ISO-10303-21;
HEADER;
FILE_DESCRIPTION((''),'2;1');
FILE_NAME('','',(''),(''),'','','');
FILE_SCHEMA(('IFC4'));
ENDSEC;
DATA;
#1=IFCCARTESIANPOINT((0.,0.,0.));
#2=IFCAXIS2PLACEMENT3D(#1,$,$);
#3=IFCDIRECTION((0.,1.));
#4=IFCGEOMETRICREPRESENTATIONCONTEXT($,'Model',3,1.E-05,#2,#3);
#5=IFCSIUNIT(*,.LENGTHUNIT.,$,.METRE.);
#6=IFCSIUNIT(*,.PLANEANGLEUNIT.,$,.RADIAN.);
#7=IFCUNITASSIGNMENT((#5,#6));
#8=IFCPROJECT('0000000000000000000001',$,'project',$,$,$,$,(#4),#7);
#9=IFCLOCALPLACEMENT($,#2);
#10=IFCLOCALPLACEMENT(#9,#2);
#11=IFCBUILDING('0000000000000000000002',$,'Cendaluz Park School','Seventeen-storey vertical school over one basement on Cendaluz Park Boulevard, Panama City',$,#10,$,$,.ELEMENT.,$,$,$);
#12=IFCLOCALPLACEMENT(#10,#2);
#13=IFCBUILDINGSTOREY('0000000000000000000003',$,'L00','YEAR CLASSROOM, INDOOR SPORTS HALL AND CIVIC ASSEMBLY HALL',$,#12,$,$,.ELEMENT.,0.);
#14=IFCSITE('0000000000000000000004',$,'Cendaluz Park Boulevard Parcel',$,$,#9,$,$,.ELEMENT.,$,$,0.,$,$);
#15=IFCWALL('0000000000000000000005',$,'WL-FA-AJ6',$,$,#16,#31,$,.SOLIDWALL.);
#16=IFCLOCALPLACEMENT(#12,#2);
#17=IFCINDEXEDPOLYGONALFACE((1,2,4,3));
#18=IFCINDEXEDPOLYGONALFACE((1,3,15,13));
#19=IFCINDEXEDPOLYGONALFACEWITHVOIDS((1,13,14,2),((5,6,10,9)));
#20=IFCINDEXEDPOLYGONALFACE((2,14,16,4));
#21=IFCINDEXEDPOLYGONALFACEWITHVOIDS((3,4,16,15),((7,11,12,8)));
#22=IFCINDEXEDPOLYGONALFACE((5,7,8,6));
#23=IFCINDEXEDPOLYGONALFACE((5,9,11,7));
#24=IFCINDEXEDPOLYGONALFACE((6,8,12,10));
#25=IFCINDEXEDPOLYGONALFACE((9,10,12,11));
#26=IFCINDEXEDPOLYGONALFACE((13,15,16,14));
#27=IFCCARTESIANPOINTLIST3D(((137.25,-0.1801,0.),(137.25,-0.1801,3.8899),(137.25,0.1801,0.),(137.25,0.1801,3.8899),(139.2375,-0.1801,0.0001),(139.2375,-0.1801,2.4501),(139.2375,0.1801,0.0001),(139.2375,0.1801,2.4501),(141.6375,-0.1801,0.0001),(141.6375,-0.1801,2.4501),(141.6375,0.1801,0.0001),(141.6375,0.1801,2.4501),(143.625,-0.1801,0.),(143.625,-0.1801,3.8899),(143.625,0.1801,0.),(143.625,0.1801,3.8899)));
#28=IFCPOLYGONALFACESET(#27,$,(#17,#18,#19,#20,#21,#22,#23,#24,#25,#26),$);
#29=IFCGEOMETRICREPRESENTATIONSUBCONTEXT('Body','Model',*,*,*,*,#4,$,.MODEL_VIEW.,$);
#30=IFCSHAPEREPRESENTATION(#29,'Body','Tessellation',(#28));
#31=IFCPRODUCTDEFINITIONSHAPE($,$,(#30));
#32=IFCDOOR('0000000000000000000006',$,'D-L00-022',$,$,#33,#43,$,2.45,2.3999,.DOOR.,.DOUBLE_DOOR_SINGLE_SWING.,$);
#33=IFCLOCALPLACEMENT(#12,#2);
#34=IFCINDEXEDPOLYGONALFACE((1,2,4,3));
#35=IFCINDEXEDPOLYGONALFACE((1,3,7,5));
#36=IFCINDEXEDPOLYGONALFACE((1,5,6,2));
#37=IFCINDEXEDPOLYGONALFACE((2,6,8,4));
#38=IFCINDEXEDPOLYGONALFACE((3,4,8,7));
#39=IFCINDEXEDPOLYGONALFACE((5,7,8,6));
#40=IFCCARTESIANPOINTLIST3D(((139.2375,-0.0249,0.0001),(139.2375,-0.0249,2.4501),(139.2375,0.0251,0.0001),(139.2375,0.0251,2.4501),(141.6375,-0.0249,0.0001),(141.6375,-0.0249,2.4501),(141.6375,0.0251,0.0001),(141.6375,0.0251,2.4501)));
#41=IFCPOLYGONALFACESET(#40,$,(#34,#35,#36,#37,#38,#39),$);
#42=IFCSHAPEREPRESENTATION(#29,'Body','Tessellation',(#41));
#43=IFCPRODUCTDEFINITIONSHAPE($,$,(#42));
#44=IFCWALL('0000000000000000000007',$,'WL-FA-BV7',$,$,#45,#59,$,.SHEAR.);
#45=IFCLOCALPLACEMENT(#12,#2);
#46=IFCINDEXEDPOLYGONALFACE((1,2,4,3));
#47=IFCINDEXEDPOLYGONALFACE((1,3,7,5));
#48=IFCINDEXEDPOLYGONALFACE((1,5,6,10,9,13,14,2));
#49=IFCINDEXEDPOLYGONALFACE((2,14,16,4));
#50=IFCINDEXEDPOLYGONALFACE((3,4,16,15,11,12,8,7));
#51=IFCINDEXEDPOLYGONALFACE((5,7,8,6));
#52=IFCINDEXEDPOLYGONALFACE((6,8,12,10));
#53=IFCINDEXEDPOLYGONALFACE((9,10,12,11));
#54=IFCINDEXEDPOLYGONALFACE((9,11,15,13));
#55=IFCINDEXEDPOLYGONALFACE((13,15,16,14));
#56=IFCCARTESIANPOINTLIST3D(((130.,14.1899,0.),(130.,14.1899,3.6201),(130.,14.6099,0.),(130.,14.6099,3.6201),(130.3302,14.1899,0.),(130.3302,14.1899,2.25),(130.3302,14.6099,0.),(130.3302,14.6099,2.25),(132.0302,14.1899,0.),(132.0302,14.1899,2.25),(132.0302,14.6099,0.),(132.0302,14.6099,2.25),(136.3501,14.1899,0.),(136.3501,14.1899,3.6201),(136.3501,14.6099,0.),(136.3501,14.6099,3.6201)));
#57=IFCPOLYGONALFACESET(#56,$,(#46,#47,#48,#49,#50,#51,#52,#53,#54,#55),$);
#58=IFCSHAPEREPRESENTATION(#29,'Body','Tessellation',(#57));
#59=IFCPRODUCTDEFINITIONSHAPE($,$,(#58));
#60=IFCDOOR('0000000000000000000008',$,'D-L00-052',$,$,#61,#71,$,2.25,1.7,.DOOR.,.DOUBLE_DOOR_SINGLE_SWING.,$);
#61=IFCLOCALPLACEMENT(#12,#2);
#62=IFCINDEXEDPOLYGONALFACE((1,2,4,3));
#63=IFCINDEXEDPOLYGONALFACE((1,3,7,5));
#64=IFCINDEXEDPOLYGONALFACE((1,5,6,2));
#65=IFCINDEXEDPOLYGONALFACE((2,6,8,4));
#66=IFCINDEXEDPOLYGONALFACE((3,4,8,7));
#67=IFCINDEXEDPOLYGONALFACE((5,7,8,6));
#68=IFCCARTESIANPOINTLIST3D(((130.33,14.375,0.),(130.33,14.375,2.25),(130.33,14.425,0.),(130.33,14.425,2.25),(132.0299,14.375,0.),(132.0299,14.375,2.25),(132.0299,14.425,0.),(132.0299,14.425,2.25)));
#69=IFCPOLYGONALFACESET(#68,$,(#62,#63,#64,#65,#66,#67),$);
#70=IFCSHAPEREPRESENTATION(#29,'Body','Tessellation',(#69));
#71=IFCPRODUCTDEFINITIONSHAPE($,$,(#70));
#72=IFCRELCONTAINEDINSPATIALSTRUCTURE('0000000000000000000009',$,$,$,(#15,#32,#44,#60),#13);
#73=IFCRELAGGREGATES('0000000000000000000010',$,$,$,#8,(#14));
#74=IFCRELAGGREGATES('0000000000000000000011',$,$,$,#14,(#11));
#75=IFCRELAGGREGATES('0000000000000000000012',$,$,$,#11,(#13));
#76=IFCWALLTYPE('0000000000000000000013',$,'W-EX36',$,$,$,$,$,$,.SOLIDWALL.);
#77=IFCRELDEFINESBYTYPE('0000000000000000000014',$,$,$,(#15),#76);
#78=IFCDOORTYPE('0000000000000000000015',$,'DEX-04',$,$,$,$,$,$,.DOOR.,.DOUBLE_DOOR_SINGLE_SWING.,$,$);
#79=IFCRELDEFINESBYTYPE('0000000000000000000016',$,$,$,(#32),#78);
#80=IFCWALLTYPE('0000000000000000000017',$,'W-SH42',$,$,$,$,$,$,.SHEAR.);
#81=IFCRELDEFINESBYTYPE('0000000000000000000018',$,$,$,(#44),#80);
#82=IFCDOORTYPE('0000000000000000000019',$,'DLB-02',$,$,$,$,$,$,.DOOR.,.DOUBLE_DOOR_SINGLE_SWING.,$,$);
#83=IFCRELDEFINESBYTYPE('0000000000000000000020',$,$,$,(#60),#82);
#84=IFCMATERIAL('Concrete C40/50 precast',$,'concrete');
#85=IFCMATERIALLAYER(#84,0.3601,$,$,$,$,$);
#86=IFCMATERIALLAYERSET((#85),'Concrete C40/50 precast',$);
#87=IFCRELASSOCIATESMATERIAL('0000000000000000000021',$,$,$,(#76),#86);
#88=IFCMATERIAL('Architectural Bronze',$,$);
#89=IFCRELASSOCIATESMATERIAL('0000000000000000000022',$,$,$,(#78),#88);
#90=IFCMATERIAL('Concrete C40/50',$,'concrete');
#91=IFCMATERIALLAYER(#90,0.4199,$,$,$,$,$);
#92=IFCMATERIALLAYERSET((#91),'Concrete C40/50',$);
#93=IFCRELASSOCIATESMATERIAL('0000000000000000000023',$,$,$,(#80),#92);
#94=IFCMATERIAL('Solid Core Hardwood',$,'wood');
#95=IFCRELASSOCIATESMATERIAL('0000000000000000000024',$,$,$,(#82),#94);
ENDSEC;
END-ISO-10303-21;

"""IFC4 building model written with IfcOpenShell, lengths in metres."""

from ifc_helpers import new_model, si_unit, direction, frame, frame_2d, origin, place, context, subcontext, project, spatial, rectangle, extrude, material, layer, layer_set, type_object, element, fill, save


model = new_model("IFC4")

# Units and contexts
model_context = context("Model", 3, precision=1e-05, world=origin(), true_north=direction((0.0, 1.0)))
body_context = subcontext(model_context, "Body", "Model", "MODEL_VIEW")
ifc_project = project(units=[si_unit("LENGTHUNIT", "METRE"), si_unit("PLANEANGLEUNIT", "RADIAN")], contexts=[model_context])

# Site, building, storey
site_placement = place(None, origin())
site = spatial("IfcSite", under=ifc_project, at=site_placement, Name="Cendaluz Park Boulevard Parcel", CompositionType="ELEMENT", RefElevation=0.0)
building_placement = place(site_placement, origin())
building = spatial("IfcBuilding", under=site, at=building_placement, Name="Cendaluz Park School", Description="Seventeen-storey vertical school over one basement on Cendaluz Park Boulevard, Panama City", CompositionType="ELEMENT")
storey_placement = place(building_placement, origin())
storey = spatial("IfcBuildingStorey", under=building, at=storey_placement, Name="L00", Description="YEAR CLASSROOM, INDOOR SPORTS HALL AND CIVIC ASSEMBLY HALL", CompositionType="ELEMENT", Elevation=0.0)

# Shared definitions
ifc_material_1 = material(Name="Concrete C40/50", Category="concrete")

# Shared definitions
ifc_material_2 = material(Name="Solid Core Hardwood", Category="wood")

# Wall, opening, door
ifc_material_3 = material(Name="Concrete C40/50 precast", Category="concrete")
ifc_layer_1 = layer(ifc_material_3, 0.3601)
ifc_layer_set_1 = layer_set([ifc_layer_1], Name="Concrete C40/50 precast")
wall_type_1 = type_object("IfcWallType", Name="W-EX36", PredefinedType="SOLIDWALL", material=ifc_layer_set_1)
ifc_material_4 = material(Name="Architectural Bronze")
wall_1_placement = place(storey_placement, frame((137.25, 0.0, 0.0), z_axis=(0.0, 0.0, 1.0), x_axis=(1.0, 0.0, 0.0)))
wall_1 = element("IfcWall", 1, at=wall_1_placement, inside=storey, type_object=wall_type_1, Name="WL-FA-AJ6", PredefinedType="SOLIDWALL", context=body_context, shape_type="SweptSolid", body=[
    extrude(rectangle(XDim=6.375, YDim=0.3601, at=frame_2d((3.1875, 0.0))), origin(), (0.0, 0.0, 1.0), 3.8899),
])
opening_1_placement = place(wall_1_placement, frame((1.9875, 0.0, 0.0)))
opening_1 = element("IfcOpeningElement", 2, at=opening_1_placement, cuts=wall_1, PredefinedType="OPENING", context=body_context, shape_type="SweptSolid", body=[
    extrude(rectangle(XDim=2.3999, YDim=2.45, at=frame_2d((1.2, 1.2251))), frame((0.0, 0.1921, 0.0), z_axis=(0.0, -1.0, 0.0), x_axis=(1.0, 0.0, 0.0)), (0.0, 0.0, 1.0), 0.384),
])
door_type_1 = type_object("IfcDoorType", Name="DEX-04", OperationType="DOUBLE_DOOR_SINGLE_SWING", PredefinedType="DOOR", material=ifc_material_4)
door_1_placement = place(opening_1_placement, frame((2.3999, 0.0, 0.0), z_axis=(0.0, 0.0, 1.0), x_axis=(-1.0, 0.0, 0.0)))
door_1 = element("IfcDoor", 3, at=door_1_placement, inside=storey, type_object=door_type_1, Name="D-L00-022", OperationType="DOUBLE_DOOR_SINGLE_SWING", OverallHeight=2.45, OverallWidth=2.3999, PredefinedType="DOOR", context=body_context, shape_type="SweptSolid", body=[
    extrude(rectangle(XDim=2.3999, YDim=2.45, at=frame_2d((1.2, 1.2251))), frame((0.0, 0.0249, 0.0), z_axis=(0.0, -1.0, 0.0), x_axis=(1.0, 0.0, 0.0)), (0.0, 0.0, 1.0), 0.05),
])
fill(opening_1, door_1)

# Wall, opening, door
ifc_layer_2 = layer(ifc_material_1, 0.4199)
ifc_layer_set_2 = layer_set([ifc_layer_2], Name="Concrete C40/50")
wall_type_2 = type_object("IfcWallType", Name="W-SH42", PredefinedType="SHEAR", material=ifc_layer_set_2)
wall_2_placement = place(storey_placement, frame((130.0, 14.3999, 0.0), z_axis=(0.0, 0.0, 1.0), x_axis=(1.0, 0.0, 0.0)))
wall_2 = element("IfcWall", 4, at=wall_2_placement, inside=storey, type_object=wall_type_2, Name="WL-FA-BV7", PredefinedType="SHEAR", context=body_context, shape_type="SweptSolid", body=[
    extrude(rectangle(XDim=6.3501, YDim=0.4199, at=frame_2d((3.175, 0.0))), origin(), (0.0, 0.0, 1.0), 3.6201),
])
opening_2_placement = place(wall_2_placement, frame((0.3301, 0.0, 0.0)))
opening_2 = element("IfcOpeningElement", 5, at=opening_2_placement, cuts=wall_2, PredefinedType="OPENING", context=body_context, shape_type="SweptSolid", body=[
    extrude(rectangle(XDim=1.7, YDim=2.25, at=frame_2d((0.8501, 1.125))), frame((0.0, 0.2219, 0.0), z_axis=(0.0, -1.0, 0.0), x_axis=(1.0, 0.0, 0.0)), (0.0, 0.0, 1.0), 0.4438),
])
door_type_2 = type_object("IfcDoorType", Name="DLB-02", OperationType="DOUBLE_DOOR_SINGLE_SWING", PredefinedType="DOOR", material=ifc_material_2)
door_2_placement = place(opening_2_placement, frame((1.7, 0.0, 0.0), z_axis=(0.0, 0.0, 1.0), x_axis=(-1.0, 0.0, 0.0)))
door_2 = element("IfcDoor", 6, at=door_2_placement, inside=storey, type_object=door_type_2, Name="D-L00-052", OperationType="DOUBLE_DOOR_SINGLE_SWING", OverallHeight=2.25, OverallWidth=1.7, PredefinedType="DOOR", context=body_context, shape_type="SweptSolid", body=[
    extrude(rectangle(XDim=1.7, YDim=2.25, at=frame_2d((0.8501, 1.125))), frame((0.0, 0.0249, 0.0), z_axis=(0.0, -1.0, 0.0), x_axis=(1.0, 0.0, 0.0)), (0.0, 0.0, 1.0), 0.05),
])
fill(opening_2, door_2)

save(model, "model.ifc")
